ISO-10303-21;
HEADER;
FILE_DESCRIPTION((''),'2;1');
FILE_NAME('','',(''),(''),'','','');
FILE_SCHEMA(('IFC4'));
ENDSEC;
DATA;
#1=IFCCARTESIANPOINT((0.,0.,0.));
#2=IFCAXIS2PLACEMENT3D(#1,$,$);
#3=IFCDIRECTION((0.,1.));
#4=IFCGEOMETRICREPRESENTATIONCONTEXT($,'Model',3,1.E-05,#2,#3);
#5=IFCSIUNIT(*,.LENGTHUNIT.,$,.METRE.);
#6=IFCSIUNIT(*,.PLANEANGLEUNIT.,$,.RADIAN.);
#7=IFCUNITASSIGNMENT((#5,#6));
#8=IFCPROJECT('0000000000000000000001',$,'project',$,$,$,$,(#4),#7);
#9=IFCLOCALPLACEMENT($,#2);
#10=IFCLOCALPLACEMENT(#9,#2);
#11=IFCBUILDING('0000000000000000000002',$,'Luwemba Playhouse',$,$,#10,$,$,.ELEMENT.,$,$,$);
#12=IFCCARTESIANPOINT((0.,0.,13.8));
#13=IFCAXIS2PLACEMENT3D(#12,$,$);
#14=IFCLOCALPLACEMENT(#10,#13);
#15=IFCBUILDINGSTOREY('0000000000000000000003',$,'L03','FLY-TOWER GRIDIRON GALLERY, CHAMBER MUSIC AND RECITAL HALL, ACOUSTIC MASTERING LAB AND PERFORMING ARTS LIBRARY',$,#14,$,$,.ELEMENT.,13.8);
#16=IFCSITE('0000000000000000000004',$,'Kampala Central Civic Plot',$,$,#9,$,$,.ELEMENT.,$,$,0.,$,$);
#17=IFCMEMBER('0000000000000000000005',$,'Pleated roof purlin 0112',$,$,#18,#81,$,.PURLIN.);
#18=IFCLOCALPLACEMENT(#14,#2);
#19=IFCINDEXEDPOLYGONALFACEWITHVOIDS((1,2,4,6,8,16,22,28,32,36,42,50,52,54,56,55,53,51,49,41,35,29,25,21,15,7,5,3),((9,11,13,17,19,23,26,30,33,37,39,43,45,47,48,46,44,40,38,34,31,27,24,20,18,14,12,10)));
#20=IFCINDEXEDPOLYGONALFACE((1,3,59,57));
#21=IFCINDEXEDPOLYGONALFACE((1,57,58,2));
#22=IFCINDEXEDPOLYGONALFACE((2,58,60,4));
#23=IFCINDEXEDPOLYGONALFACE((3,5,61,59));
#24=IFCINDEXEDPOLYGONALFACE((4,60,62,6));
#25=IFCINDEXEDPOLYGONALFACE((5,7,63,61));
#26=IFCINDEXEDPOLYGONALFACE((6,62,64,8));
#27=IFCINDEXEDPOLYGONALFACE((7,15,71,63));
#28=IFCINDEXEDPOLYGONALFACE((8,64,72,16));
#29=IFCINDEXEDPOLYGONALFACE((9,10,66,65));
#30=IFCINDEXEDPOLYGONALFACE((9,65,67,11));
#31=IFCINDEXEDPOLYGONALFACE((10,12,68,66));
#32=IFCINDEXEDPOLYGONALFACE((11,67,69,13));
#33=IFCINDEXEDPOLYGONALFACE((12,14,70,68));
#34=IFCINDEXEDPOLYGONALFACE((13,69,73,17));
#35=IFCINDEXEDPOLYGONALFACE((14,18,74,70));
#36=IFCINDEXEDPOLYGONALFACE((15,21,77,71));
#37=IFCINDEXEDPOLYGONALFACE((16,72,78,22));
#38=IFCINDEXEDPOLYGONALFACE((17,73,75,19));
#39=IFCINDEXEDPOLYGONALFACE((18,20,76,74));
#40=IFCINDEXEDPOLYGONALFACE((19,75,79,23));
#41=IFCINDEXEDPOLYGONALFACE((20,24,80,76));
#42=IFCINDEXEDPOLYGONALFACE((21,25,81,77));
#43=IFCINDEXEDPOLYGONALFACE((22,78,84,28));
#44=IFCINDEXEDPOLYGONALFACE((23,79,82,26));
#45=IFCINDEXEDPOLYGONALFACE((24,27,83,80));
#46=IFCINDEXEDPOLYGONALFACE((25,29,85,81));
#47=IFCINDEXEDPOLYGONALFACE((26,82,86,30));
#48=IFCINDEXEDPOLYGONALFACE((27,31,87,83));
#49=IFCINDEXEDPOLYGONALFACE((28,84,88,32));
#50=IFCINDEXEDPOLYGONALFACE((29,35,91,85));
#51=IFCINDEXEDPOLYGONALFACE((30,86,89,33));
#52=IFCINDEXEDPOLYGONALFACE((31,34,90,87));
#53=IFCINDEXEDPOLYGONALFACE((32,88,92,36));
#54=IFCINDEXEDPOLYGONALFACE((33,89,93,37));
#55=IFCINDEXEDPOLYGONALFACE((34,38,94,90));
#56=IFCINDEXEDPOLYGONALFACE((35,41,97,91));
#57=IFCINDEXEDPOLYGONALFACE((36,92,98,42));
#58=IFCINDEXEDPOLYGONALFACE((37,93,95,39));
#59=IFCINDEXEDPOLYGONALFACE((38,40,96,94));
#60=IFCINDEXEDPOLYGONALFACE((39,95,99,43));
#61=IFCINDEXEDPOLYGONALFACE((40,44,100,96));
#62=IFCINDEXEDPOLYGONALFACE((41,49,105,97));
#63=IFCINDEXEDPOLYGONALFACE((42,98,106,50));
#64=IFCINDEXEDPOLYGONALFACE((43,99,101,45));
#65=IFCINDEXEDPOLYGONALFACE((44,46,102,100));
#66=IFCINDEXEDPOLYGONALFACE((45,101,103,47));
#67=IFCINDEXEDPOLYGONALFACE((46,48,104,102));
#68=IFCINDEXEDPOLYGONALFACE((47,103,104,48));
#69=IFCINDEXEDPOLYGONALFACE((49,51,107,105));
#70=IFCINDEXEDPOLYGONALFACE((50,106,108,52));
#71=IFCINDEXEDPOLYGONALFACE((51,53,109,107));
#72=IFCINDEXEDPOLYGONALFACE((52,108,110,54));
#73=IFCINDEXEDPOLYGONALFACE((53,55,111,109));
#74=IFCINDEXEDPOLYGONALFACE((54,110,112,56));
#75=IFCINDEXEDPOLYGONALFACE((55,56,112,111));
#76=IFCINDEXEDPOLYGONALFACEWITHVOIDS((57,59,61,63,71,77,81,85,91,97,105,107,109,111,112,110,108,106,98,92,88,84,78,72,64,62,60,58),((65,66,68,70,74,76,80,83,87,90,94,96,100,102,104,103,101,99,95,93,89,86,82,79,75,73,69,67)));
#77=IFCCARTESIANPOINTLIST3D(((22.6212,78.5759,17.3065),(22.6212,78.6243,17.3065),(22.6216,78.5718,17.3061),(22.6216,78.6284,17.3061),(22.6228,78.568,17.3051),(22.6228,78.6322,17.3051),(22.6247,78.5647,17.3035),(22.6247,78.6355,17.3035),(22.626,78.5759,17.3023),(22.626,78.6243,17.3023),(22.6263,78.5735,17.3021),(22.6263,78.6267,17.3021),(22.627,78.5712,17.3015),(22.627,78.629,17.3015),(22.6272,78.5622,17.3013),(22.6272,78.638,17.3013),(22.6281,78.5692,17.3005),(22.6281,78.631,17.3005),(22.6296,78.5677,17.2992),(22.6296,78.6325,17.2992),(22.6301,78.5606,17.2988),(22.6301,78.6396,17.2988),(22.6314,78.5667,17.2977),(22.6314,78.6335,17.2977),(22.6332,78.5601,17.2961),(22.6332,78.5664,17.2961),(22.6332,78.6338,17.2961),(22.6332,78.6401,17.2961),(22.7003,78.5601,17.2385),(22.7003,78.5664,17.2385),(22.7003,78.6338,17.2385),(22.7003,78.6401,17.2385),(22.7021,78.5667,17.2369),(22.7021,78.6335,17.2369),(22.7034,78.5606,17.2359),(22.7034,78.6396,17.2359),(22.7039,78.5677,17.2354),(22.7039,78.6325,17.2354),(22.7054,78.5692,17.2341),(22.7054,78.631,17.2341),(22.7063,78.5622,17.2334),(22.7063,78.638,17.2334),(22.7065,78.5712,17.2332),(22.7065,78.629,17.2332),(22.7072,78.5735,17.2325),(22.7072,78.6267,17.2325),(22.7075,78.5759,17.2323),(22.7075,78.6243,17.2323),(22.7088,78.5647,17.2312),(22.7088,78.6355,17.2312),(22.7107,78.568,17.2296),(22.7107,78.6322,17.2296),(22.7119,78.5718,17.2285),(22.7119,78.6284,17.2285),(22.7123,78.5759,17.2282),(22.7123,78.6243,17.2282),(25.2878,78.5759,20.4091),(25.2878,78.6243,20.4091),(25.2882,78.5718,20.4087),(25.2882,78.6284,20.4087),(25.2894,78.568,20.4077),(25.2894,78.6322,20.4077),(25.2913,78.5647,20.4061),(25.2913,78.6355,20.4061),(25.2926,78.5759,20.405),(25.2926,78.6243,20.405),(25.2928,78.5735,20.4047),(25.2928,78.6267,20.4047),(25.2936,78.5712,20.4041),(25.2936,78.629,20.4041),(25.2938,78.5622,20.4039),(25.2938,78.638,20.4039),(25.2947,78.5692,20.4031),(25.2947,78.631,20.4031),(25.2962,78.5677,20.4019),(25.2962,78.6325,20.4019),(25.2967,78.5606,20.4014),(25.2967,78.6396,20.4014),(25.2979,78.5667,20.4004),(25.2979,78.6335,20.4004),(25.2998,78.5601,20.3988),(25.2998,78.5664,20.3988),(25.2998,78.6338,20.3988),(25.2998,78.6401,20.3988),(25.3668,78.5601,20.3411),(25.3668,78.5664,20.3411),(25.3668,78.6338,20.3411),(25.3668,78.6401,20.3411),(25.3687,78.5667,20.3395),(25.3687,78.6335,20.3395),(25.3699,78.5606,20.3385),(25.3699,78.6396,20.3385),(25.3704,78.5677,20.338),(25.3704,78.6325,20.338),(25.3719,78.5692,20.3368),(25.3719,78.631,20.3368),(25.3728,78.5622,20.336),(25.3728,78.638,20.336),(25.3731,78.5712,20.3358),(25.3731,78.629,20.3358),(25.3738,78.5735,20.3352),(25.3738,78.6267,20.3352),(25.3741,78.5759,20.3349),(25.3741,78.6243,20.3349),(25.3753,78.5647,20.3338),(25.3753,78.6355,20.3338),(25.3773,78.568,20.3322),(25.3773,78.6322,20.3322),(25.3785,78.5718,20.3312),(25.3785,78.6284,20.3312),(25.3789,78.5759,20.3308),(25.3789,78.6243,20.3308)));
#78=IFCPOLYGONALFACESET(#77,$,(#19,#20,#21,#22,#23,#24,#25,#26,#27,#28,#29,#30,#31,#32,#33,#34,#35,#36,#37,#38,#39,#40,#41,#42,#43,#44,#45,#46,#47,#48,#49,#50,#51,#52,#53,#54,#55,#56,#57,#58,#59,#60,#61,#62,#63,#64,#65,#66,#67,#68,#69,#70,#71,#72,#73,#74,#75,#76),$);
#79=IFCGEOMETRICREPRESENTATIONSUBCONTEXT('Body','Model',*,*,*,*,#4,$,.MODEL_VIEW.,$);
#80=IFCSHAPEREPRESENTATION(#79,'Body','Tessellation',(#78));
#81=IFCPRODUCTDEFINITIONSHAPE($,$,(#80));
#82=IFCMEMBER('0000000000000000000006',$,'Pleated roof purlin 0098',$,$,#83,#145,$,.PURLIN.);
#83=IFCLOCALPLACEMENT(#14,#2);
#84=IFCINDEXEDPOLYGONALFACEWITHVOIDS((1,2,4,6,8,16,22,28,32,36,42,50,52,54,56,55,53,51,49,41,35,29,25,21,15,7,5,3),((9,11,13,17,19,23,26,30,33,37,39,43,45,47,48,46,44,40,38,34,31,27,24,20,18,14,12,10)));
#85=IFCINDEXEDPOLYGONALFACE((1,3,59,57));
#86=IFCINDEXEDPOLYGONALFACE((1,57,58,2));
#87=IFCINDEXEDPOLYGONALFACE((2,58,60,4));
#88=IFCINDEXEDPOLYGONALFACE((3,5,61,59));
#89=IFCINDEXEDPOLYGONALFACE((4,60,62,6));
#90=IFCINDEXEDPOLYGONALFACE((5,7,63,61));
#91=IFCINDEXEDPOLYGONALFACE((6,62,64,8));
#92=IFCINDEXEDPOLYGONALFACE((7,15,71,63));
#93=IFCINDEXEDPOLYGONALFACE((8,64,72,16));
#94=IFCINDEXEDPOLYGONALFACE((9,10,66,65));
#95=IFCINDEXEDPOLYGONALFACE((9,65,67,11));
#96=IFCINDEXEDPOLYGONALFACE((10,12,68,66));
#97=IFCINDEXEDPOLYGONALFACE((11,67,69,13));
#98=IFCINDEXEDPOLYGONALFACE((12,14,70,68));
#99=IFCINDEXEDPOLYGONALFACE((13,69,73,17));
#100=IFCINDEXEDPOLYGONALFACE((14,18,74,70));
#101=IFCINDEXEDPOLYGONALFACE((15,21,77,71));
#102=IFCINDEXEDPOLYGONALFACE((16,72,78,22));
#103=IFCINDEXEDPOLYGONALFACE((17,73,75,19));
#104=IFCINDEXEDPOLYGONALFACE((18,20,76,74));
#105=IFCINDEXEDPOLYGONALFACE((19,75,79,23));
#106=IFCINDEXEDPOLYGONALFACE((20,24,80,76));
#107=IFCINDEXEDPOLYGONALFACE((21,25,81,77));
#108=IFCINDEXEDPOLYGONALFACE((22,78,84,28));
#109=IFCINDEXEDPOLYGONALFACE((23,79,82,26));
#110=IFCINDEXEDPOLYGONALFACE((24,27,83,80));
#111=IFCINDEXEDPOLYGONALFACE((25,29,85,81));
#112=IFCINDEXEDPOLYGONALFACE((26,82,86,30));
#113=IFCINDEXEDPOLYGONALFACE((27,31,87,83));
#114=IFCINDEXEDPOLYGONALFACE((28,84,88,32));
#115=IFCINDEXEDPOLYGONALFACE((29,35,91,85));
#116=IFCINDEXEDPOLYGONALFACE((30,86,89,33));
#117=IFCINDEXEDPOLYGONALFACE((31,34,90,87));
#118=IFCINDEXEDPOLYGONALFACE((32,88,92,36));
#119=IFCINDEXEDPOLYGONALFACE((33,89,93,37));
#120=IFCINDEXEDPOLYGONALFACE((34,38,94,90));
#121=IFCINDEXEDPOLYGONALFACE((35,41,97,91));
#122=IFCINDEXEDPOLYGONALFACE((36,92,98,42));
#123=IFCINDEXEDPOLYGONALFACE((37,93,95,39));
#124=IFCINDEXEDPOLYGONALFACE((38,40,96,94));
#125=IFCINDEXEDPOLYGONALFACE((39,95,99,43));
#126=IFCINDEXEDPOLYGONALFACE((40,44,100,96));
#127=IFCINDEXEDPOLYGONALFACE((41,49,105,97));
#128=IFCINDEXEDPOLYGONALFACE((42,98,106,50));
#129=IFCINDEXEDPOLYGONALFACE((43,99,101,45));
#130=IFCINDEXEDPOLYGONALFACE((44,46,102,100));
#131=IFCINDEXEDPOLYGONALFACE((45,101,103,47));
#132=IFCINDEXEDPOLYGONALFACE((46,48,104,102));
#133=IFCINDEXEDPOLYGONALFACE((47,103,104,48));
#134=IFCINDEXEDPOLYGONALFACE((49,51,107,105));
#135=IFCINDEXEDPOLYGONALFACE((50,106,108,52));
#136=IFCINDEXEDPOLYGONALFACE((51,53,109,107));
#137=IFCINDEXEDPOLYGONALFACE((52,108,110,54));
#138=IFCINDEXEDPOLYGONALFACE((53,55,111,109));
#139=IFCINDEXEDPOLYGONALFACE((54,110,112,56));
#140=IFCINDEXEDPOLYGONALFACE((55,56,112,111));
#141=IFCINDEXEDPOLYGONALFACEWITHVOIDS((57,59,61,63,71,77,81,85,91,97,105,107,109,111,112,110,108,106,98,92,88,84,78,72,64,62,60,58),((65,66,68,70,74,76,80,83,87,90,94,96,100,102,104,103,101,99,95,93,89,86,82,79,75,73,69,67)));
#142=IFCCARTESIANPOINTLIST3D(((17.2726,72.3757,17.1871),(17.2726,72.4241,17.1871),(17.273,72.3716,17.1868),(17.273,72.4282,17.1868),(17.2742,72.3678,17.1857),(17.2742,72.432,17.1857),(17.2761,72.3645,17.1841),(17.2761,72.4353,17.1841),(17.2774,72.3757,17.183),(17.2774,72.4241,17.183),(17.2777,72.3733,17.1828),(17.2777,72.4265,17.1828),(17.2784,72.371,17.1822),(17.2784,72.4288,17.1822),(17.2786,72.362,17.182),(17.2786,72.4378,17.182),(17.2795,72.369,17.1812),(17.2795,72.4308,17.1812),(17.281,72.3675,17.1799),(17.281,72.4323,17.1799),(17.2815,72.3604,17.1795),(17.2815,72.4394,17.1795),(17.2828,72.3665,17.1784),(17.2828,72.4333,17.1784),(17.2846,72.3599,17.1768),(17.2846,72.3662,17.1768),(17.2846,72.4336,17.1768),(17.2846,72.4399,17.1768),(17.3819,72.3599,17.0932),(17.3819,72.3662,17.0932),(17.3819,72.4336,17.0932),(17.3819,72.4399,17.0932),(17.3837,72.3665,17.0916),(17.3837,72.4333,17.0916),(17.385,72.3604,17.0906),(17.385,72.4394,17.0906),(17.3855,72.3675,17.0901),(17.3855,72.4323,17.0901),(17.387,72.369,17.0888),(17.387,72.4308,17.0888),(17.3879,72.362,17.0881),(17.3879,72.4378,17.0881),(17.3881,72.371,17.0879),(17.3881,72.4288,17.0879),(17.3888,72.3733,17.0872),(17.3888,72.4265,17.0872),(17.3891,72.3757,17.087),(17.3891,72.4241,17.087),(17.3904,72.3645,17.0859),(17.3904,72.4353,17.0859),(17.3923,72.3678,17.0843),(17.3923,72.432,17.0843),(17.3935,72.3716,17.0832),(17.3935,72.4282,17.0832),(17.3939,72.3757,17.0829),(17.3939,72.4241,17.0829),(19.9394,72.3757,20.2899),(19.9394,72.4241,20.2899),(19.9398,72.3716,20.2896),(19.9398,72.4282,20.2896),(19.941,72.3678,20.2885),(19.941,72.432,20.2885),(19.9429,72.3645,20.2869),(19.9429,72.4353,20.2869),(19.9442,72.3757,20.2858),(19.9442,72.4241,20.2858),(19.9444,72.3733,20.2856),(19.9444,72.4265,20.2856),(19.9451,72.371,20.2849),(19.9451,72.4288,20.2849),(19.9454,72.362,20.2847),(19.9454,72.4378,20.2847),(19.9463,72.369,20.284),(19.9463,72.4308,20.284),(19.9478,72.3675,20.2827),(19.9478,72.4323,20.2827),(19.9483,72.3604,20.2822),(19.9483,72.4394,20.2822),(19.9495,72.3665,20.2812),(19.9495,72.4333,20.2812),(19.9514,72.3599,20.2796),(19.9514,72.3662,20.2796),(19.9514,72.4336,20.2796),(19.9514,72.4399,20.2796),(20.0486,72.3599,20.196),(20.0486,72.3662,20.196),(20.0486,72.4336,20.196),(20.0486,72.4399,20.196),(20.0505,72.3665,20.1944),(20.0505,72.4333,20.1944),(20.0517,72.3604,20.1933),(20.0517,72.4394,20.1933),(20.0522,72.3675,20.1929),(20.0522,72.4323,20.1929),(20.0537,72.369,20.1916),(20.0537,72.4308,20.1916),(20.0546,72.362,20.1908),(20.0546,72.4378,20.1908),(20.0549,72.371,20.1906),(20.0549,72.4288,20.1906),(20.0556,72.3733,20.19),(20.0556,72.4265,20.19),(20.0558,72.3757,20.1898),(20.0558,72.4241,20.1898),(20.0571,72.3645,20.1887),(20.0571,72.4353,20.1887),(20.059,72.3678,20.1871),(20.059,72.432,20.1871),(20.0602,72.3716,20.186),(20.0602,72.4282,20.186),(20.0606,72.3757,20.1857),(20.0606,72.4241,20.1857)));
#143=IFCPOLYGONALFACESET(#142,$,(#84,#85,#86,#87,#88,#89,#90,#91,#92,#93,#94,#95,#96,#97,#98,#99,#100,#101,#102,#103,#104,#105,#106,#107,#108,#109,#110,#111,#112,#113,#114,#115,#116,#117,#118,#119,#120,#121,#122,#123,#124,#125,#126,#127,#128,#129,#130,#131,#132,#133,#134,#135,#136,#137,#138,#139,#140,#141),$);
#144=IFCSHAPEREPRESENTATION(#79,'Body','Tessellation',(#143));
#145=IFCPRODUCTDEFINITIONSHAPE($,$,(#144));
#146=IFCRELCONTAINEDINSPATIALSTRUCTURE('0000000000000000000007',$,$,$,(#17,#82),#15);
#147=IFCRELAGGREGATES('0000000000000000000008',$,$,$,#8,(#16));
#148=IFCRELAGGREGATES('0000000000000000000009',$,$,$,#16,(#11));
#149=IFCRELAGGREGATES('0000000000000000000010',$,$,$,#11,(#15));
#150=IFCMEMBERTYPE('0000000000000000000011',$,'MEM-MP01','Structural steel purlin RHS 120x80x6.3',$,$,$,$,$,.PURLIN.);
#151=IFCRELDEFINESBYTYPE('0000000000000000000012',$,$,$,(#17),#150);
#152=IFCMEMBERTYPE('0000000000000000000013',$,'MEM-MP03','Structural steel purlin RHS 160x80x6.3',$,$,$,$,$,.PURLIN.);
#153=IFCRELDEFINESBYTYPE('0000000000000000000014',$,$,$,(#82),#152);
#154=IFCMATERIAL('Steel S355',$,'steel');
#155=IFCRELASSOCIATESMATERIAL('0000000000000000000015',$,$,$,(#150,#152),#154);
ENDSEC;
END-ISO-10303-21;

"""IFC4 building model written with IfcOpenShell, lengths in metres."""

from ifc_helpers import new_model, si_unit, direction, frame, origin, origin_2d, place, context, subcontext, project, spatial, hollow_rectangle, extrude, material, material_profile, profile_set, type_object, element, save


model = new_model("IFC4")

# Units and contexts
model_context = context("Model", 3, precision=1e-05, world=origin(), true_north=direction((0.0, 1.0)))
body_context = subcontext(model_context, "Body", "Model", "MODEL_VIEW")
ifc_project = project(units=[si_unit("LENGTHUNIT", "METRE"), si_unit("PLANEANGLEUNIT", "RADIAN")], contexts=[model_context])

# Site, building, storey
site_placement = place(None, origin())
site = spatial("IfcSite", under=ifc_project, at=site_placement, Name="Kampala Central Civic Plot", CompositionType="ELEMENT", RefElevation=0.0)
building_placement = place(site_placement, origin())
building = spatial("IfcBuilding", under=site, at=building_placement, Name="Luwemba Playhouse", CompositionType="ELEMENT")
storey_placement = place(building_placement, frame((0.0, 0.0, 13.8)))
storey = spatial("IfcBuildingStorey", under=building, at=storey_placement, Name="L03", Description="FLY-TOWER GRIDIRON GALLERY, CHAMBER MUSIC AND RECITAL HALL, ACOUSTIC MASTERING LAB AND PERFORMING ARTS LIBRARY", CompositionType="ELEMENT", Elevation=13.8)

# Shared definitions
ifc_material_1 = material(Name="Steel S355", Category="steel")

# Members
ifc_material_profile_1 = material_profile(ifc_material_1, hollow_rectangle(XDim=0.0801, YDim=0.1201, WallThickness=0.0063, InnerFilletRadius=0.0095, OuterFilletRadius=0.0159, at=origin_2d()))
ifc_profile_set_1 = profile_set([ifc_material_profile_1], Name="Steel S355")
member_type_1 = type_object("IfcMemberType", Name="MEM-MP01", Description="Structural steel purlin RHS 120x80x6.3", PredefinedType="PURLIN", material=ifc_profile_set_1)
member_1_placement = place(storey_placement, frame((22.6667, 78.6001, 17.2673), z_axis=(0.651803, 0.0, 0.758388), x_axis=(0.0, 1.0, 0.0)))
element("IfcMember", 1, at=member_1_placement, inside=storey, type_object=member_type_1, Name="Pleated roof purlin 0112", PredefinedType="PURLIN", context=body_context, shape_type="SweptSolid", body=[
    extrude(hollow_rectangle(XDim=0.0801, YDim=0.1201, WallThickness=0.0063, InnerFilletRadius=0.0095, OuterFilletRadius=0.0159, at=origin_2d()), origin(), (0.0, 0.0, 1.0), 4.0911),
])
ifc_material_profile_2 = material_profile(ifc_material_1, hollow_rectangle(XDim=0.0801, YDim=0.1599, WallThickness=0.0063, InnerFilletRadius=0.0095, OuterFilletRadius=0.0159, at=origin_2d()))
ifc_profile_set_2 = profile_set([ifc_material_profile_2], Name="Steel S355")
member_type_2 = type_object("IfcMemberType", Name="MEM-MP03", Description="Structural steel purlin RHS 160x80x6.3", PredefinedType="PURLIN", material=ifc_profile_set_2)
member_2_placement = place(storey_placement, frame((17.3333, 72.3999, 17.135), z_axis=(0.651808, 0.0, 0.758384), x_axis=(0.0, 1.0, 0.0)))
element("IfcMember", 2, at=member_2_placement, inside=storey, type_object=member_type_2, Name="Pleated roof purlin 0098", PredefinedType="PURLIN", context=body_context, shape_type="SweptSolid", body=[
    extrude(hollow_rectangle(XDim=0.0801, YDim=0.1599, WallThickness=0.0063, InnerFilletRadius=0.0095, OuterFilletRadius=0.0159, at=origin_2d()), origin(), (0.0, 0.0, 1.0), 4.0913),
])

save(model, "model.ifc")
